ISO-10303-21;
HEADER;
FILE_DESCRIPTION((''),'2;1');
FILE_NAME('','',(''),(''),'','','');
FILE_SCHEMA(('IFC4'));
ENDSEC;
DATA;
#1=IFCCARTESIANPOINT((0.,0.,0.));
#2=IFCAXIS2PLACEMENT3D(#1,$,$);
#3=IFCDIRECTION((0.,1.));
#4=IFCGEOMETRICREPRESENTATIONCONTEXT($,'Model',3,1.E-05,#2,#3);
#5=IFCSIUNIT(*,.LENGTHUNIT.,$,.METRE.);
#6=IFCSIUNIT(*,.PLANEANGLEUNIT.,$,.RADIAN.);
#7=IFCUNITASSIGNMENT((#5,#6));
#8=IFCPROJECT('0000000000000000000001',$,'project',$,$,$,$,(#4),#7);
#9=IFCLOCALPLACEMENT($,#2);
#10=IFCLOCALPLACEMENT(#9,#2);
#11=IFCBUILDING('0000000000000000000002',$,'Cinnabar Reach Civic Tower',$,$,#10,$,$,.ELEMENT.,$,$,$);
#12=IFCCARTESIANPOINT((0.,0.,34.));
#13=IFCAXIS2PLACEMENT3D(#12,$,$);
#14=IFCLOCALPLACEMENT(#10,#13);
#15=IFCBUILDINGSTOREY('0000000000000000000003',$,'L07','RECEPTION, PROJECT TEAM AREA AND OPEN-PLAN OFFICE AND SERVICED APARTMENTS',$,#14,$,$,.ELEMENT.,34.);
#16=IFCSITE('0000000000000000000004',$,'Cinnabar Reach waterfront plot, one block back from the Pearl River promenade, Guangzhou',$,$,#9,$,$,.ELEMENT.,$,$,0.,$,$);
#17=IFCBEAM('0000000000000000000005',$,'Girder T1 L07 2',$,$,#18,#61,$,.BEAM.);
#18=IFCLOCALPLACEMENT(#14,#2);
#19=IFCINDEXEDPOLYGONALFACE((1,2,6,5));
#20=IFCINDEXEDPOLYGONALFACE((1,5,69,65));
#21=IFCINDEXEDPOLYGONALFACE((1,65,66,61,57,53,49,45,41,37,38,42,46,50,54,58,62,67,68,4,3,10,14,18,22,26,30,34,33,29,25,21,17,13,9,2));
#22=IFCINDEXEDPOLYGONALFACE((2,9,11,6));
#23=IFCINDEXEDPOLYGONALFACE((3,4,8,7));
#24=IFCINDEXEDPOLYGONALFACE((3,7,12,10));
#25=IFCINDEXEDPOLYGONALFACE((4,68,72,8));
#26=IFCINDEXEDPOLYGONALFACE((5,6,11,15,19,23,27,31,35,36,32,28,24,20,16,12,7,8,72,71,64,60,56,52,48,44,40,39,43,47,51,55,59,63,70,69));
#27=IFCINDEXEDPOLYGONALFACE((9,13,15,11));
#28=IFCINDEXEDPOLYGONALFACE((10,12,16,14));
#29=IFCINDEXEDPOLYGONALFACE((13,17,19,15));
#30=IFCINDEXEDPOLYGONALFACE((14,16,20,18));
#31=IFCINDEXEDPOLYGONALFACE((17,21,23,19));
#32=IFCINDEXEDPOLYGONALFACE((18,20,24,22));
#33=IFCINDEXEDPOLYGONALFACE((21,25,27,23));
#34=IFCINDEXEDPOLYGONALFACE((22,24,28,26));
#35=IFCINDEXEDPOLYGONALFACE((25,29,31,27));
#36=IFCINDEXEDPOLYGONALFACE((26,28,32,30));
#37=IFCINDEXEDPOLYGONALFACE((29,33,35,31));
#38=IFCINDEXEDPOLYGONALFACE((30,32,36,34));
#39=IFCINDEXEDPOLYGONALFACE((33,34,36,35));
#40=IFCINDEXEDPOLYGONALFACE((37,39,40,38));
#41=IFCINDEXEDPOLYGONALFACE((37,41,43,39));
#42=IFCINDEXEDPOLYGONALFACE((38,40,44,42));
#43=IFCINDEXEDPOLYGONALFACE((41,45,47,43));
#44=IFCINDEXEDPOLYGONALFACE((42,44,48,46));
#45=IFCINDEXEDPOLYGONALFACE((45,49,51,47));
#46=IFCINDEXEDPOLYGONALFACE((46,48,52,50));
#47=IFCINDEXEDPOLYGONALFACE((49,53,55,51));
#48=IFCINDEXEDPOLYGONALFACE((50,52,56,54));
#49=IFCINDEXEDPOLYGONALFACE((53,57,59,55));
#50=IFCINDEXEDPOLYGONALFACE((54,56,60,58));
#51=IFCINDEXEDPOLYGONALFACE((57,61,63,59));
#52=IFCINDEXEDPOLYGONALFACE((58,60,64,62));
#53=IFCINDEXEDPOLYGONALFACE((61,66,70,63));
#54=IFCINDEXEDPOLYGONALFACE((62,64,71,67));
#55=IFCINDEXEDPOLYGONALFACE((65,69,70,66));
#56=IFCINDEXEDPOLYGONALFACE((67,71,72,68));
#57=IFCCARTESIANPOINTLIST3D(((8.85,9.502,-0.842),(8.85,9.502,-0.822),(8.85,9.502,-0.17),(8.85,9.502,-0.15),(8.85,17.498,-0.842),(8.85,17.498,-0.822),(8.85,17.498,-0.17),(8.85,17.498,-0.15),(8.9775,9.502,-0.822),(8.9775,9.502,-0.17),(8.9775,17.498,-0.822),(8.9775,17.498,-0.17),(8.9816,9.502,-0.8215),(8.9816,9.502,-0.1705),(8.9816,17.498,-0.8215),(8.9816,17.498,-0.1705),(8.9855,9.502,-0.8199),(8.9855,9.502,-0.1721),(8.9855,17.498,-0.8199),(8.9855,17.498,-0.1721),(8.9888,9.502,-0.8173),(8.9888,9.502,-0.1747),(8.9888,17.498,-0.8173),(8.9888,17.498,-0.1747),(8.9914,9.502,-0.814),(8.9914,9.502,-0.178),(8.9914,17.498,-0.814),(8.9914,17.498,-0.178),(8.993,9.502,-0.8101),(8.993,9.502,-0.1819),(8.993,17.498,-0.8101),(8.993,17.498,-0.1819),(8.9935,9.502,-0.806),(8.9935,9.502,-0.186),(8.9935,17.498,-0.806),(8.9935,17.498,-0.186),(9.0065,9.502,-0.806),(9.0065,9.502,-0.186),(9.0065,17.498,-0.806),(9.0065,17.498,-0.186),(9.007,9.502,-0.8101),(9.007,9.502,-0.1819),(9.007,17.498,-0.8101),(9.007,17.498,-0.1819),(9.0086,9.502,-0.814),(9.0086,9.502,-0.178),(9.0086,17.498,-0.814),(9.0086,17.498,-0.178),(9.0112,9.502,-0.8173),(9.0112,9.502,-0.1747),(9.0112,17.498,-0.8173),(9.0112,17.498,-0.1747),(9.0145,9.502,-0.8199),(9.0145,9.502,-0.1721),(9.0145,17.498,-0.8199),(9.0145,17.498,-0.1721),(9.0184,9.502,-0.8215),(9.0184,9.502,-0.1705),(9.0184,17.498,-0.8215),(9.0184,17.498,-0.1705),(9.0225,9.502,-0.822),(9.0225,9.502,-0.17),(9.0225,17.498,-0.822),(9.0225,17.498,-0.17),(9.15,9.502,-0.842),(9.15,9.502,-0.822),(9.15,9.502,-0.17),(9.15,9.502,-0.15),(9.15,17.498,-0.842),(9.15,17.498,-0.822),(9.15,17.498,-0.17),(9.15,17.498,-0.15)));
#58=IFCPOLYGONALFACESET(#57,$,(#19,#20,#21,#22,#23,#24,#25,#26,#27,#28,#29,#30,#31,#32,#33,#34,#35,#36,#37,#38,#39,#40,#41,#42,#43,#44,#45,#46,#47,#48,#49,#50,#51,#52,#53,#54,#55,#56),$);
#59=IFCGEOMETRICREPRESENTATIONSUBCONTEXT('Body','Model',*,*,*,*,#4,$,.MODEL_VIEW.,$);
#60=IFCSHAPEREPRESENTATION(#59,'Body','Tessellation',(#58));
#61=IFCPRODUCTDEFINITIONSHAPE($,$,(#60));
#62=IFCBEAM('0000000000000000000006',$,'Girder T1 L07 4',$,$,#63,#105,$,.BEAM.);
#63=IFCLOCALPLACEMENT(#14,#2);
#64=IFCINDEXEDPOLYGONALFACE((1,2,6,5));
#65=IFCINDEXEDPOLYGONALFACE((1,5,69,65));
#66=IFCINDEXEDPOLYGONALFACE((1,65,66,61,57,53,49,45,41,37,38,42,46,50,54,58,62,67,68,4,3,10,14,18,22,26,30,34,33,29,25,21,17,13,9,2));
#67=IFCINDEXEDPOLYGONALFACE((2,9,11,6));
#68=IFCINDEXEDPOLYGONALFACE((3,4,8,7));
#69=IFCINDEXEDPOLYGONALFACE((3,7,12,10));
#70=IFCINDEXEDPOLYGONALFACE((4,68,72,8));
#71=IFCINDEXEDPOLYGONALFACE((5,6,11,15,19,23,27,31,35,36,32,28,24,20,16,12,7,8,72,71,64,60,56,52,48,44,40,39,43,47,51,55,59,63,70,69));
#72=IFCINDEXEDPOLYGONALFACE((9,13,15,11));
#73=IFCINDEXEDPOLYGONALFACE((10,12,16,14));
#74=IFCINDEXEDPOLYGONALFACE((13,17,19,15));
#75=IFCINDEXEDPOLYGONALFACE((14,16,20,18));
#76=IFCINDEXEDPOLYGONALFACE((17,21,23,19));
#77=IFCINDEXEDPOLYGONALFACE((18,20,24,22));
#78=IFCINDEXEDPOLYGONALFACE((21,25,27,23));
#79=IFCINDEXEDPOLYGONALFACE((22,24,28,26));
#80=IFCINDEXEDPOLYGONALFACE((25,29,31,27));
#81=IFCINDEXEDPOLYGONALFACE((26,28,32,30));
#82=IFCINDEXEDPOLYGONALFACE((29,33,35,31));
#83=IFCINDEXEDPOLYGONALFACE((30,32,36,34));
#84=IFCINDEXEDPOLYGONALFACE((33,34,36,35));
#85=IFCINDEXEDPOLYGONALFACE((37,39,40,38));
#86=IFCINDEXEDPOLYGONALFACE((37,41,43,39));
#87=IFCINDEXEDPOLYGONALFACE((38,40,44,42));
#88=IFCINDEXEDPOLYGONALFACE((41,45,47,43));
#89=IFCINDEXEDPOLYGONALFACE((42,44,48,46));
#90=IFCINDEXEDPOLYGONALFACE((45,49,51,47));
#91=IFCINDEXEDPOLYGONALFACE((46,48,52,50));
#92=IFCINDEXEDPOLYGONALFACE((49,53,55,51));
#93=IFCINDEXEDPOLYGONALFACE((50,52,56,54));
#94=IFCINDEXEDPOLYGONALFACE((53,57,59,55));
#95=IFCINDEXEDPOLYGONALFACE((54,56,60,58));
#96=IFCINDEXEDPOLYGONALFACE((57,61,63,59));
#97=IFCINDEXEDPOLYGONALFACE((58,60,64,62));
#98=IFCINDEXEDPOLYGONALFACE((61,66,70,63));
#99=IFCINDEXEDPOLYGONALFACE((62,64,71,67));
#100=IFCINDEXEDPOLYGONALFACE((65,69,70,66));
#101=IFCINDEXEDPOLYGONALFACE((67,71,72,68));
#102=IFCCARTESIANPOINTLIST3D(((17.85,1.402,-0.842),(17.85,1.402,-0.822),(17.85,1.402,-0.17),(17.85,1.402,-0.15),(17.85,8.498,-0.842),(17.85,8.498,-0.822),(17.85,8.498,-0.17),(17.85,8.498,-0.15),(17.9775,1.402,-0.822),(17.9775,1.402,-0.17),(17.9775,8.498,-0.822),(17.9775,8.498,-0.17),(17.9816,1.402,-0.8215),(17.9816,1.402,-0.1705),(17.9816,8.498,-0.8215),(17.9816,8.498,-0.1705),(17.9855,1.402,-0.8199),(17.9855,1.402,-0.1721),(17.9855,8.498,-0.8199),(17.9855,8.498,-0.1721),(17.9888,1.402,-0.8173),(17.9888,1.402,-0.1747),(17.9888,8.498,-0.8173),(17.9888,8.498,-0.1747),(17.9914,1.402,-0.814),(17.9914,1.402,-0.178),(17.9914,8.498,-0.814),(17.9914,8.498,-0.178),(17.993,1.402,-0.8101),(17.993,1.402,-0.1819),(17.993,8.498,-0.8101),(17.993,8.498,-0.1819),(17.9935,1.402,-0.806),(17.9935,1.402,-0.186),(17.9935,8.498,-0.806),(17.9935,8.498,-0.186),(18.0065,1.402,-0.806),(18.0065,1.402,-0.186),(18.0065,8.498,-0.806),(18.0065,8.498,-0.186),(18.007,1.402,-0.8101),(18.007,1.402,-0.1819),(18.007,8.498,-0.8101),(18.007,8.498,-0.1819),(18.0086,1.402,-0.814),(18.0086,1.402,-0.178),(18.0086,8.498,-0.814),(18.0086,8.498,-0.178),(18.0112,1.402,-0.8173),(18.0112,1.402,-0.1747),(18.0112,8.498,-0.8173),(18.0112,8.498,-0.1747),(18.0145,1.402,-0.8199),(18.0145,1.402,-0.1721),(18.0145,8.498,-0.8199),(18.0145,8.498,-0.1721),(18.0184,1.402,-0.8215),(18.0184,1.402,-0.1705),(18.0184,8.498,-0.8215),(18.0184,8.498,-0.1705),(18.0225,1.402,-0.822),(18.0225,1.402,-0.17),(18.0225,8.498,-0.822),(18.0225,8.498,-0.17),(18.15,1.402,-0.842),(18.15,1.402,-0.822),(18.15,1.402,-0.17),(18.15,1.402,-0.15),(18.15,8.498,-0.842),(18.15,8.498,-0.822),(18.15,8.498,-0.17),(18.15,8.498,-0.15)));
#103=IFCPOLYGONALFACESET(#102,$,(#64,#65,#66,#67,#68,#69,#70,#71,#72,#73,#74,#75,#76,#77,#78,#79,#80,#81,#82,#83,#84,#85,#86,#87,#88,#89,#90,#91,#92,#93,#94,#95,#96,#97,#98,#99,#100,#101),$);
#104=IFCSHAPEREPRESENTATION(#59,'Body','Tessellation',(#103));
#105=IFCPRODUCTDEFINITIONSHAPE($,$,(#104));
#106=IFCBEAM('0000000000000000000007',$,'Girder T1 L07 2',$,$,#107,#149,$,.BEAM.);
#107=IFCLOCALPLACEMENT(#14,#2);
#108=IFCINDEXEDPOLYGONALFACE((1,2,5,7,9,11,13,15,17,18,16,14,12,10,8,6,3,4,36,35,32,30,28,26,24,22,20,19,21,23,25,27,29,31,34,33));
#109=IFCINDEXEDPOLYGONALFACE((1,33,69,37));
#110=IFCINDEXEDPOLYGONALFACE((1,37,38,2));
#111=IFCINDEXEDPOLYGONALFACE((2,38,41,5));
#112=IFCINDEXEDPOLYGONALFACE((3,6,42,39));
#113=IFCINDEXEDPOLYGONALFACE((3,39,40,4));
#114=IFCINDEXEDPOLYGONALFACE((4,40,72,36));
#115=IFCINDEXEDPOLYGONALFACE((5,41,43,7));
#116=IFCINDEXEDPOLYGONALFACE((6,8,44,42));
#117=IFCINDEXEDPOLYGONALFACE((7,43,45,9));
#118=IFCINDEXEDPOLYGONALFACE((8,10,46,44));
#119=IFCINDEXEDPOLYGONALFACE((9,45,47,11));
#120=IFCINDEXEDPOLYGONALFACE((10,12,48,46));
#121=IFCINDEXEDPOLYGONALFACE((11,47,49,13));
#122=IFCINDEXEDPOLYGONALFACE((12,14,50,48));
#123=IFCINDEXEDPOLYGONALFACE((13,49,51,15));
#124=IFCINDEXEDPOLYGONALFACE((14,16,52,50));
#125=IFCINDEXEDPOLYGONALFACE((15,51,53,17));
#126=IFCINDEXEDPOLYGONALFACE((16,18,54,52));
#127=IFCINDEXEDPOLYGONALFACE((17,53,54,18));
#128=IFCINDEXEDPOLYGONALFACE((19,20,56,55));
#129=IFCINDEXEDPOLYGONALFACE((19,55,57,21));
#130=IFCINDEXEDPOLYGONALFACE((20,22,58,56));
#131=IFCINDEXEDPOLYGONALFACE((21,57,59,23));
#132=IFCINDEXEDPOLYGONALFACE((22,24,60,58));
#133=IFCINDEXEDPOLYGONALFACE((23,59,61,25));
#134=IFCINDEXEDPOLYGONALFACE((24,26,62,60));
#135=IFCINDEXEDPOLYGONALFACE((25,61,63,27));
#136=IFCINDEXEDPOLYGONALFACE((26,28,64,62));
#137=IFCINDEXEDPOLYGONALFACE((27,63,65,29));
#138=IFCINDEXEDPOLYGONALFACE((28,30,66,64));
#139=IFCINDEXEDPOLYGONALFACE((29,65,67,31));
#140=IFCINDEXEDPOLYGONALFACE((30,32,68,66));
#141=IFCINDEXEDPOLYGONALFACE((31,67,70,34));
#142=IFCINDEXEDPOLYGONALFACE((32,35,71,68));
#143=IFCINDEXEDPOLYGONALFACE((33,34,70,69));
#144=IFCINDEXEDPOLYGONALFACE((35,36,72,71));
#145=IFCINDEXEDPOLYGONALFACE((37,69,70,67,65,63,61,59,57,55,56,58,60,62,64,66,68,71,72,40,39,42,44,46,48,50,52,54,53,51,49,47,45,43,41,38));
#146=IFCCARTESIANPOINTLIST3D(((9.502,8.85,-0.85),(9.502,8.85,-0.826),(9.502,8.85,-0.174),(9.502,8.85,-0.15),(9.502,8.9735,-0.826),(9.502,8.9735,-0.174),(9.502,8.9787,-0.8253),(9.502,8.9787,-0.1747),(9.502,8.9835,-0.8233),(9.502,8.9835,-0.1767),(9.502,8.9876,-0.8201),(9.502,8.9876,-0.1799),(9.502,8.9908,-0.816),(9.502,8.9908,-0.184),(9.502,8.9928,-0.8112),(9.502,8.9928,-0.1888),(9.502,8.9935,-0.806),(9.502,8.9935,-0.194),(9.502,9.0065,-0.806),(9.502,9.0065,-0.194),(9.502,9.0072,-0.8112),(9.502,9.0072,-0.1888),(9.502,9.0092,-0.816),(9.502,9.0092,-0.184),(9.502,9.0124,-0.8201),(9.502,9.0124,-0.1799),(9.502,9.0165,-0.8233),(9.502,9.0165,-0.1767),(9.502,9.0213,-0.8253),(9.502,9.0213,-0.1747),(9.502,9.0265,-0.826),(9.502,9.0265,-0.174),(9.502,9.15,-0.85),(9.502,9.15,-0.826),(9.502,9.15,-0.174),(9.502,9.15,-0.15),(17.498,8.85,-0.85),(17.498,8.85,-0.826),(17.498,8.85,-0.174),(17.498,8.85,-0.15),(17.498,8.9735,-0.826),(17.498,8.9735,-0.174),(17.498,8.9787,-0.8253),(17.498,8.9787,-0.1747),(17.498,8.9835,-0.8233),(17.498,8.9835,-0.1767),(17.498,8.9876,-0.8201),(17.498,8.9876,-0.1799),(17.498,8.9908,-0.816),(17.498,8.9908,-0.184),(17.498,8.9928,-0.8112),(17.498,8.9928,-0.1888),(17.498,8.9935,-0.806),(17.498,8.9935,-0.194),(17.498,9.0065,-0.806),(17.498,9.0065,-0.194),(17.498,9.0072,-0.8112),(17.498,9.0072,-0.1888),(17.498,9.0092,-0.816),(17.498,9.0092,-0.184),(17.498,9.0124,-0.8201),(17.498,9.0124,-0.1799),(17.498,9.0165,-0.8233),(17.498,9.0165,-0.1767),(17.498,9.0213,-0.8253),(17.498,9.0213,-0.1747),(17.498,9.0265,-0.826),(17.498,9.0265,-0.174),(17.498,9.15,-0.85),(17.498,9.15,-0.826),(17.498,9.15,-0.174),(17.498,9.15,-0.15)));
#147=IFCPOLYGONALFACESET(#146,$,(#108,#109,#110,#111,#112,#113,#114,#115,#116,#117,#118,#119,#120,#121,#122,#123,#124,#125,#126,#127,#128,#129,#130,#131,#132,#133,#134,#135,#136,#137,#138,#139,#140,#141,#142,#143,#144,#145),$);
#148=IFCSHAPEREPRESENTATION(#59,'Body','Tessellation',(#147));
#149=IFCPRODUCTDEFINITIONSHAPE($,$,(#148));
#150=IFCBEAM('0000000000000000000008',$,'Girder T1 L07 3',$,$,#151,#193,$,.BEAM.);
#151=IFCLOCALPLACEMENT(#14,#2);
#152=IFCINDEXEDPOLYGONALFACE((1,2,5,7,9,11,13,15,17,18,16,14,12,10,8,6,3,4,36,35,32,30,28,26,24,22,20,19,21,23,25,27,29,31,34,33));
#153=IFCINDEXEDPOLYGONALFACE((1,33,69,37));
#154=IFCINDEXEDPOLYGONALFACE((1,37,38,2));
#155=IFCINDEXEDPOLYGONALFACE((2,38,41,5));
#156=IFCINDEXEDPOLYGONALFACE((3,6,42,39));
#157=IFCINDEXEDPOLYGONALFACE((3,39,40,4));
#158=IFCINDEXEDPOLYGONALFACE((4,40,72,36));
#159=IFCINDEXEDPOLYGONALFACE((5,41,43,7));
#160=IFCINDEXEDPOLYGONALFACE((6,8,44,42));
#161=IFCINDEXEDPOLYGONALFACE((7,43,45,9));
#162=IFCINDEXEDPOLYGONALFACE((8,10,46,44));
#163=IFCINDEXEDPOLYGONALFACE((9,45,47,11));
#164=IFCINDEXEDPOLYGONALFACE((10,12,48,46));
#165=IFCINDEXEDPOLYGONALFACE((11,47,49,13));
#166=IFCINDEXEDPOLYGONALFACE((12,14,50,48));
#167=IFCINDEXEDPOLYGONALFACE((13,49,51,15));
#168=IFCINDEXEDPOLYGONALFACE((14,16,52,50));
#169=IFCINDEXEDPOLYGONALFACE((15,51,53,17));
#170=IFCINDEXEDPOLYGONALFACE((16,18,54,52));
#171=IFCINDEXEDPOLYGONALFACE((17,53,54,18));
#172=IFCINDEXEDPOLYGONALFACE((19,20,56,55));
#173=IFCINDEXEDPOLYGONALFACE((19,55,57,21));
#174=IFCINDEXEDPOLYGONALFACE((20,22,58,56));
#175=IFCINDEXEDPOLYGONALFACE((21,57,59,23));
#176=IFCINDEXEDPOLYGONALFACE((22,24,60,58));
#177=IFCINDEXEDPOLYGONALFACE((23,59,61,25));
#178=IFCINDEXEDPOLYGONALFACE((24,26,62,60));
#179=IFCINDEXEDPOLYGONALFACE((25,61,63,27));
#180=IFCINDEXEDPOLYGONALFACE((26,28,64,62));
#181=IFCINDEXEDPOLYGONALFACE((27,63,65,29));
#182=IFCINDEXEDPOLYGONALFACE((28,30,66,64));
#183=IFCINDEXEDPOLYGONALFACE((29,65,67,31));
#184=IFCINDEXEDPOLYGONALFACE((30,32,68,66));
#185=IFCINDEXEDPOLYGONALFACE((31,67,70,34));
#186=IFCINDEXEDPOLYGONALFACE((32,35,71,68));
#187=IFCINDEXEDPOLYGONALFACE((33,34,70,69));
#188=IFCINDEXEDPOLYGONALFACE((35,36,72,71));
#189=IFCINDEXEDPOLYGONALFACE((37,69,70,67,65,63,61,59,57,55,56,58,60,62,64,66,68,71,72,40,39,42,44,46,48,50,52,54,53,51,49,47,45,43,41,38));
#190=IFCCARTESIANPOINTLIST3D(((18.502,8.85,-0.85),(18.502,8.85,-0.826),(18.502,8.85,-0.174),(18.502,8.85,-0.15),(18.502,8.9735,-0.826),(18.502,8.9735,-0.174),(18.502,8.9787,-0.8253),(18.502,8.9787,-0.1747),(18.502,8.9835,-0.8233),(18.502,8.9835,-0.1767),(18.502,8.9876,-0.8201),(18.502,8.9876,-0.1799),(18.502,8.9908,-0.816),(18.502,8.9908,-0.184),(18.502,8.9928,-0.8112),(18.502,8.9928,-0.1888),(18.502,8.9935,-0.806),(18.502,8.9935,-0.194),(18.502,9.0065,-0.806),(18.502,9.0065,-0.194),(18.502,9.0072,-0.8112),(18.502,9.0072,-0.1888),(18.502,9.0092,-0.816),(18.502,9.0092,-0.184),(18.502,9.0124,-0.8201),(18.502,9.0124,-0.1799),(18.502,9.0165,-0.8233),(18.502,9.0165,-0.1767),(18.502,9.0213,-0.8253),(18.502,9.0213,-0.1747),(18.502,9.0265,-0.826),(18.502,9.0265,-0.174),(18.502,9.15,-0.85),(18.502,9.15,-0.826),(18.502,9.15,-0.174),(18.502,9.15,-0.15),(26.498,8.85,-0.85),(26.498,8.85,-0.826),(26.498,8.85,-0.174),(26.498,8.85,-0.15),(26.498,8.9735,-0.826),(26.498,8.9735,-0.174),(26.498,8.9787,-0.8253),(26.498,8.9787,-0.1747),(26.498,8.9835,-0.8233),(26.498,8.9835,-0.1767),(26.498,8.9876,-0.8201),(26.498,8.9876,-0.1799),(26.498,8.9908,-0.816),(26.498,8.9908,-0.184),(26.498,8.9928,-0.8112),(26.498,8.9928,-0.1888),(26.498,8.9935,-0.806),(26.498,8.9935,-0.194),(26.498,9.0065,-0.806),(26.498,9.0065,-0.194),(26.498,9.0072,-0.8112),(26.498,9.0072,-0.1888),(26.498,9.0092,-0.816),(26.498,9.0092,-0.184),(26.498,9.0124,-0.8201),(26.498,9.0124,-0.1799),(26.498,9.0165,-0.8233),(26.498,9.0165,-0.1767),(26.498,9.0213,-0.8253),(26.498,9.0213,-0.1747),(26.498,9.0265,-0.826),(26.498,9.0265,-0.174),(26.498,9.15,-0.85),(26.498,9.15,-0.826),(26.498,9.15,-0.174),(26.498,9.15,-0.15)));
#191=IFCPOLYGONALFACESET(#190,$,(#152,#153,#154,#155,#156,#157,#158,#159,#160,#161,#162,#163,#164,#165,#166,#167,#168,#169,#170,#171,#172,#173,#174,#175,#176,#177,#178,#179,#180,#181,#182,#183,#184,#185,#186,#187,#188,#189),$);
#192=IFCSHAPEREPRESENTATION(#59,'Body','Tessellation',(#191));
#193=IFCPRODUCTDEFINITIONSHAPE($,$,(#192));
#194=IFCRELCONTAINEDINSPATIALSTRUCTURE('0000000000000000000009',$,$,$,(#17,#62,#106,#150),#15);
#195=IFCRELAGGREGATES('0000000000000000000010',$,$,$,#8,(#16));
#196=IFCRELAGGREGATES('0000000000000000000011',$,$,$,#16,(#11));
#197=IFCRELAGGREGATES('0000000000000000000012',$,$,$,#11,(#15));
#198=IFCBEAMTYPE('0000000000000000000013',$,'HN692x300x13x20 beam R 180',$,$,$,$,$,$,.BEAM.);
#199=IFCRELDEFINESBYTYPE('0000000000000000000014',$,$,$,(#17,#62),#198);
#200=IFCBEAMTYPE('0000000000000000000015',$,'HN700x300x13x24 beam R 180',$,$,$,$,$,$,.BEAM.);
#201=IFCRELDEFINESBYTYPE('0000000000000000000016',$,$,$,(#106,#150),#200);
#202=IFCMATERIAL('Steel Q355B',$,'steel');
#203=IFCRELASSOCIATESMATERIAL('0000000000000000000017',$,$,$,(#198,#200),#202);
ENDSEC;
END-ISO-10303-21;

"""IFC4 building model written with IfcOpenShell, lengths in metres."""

from ifc_helpers import new_model, si_unit, direction, frame, origin, origin_2d, place, context, subcontext, project, spatial, i_section, extrude, material, material_profile, profile_set, type_object, element, save


model = new_model("IFC4")

# Units and contexts
model_context = context("Model", 3, precision=1e-05, world=origin(), true_north=direction((0.0, 1.0)))
body_context = subcontext(model_context, "Body", "Model", "MODEL_VIEW")
ifc_project = project(units=[si_unit("LENGTHUNIT", "METRE"), si_unit("PLANEANGLEUNIT", "RADIAN")], contexts=[model_context])

# Site, building, storey
site_placement = place(None, origin())
site = spatial("IfcSite", under=ifc_project, at=site_placement, Name="Cinnabar Reach waterfront plot, one block back from the Pearl River promenade, Guangzhou", CompositionType="ELEMENT", RefElevation=0.0)
building_placement = place(site_placement, origin())
building = spatial("IfcBuilding", under=site, at=building_placement, Name="Cinnabar Reach Civic Tower", CompositionType="ELEMENT")
storey_placement = place(building_placement, frame((0.0, 0.0, 34.0)))
storey = spatial("IfcBuildingStorey", under=building, at=storey_placement, Name="L07", Description="RECEPTION, PROJECT TEAM AREA AND OPEN-PLAN OFFICE AND SERVICED APARTMENTS", CompositionType="ELEMENT", Elevation=34.0)

# Beams
ifc_material_1 = material(Name="Steel Q355B", Category="steel")
ifc_material_profile_1 = material_profile(ifc_material_1, i_section(OverallWidth=0.3, OverallDepth=0.692, WebThickness=0.013, FlangeThickness=0.02, FilletRadius=0.016, at=origin_2d()), Name="HN692x300x13x20")
ifc_profile_set_1 = profile_set([ifc_material_profile_1], Name="Steel Q355B")
beam_type_1 = type_object("IfcBeamType", Name="HN692x300x13x20 beam R 180", PredefinedType="BEAM", material=ifc_profile_set_1)
beam_1_placement = place(storey_placement, frame((9.0, 9.502, -0.496), z_axis=(0.0, 1.0, 0.0), x_axis=(-1.0, 0.0, 0.0)))
element("IfcBeam", 1, at=beam_1_placement, inside=storey, type_object=beam_type_1, Name="Girder T1 L07 2", PredefinedType="BEAM", context=body_context, shape_type="SweptSolid", body=[
    extrude(i_section(OverallWidth=0.3, OverallDepth=0.692, WebThickness=0.013, FlangeThickness=0.02, FilletRadius=0.016, at=origin_2d()), origin(), (0.0, 0.0, 1.0), 7.996),
])
beam_2_placement = place(storey_placement, frame((18.0, 1.402, -0.496), z_axis=(0.0, 1.0, 0.0), x_axis=(-1.0, 0.0, 0.0)))
element("IfcBeam", 2, at=beam_2_placement, inside=storey, type_object=beam_type_1, Name="Girder T1 L07 4", PredefinedType="BEAM", context=body_context, shape_type="SweptSolid", body=[
    extrude(i_section(OverallWidth=0.3, OverallDepth=0.692, WebThickness=0.013, FlangeThickness=0.02, FilletRadius=0.016, at=origin_2d()), origin(), (0.0, 0.0, 1.0), 7.096),
])
ifc_material_profile_2 = material_profile(ifc_material_1, i_section(OverallWidth=0.3, OverallDepth=0.7, WebThickness=0.013, FlangeThickness=0.024, FilletRadius=0.02, at=origin_2d()), Name="HN700x300x13x24")
ifc_profile_set_2 = profile_set([ifc_material_profile_2], Name="Steel Q355B")
beam_type_2 = type_object("IfcBeamType", Name="HN700x300x13x24 beam R 180", PredefinedType="BEAM", material=ifc_profile_set_2)
for number, where, z_axis, x_axis, name in (
    (3, (9.502, 9.0, -0.5), (1.0, 0.0, 0.0), (0.0, 1.0, 0.0), "Girder T1 L07 2"),
    (4, (18.502, 9.0, -0.5), (1.0, 0.0, 0.0), (0.0, 1.0, 0.0), "Girder T1 L07 3"),
):
    element("IfcBeam", number, at=place(storey_placement, frame(where, z_axis=z_axis, x_axis=x_axis)), inside=storey, type_object=beam_type_2, Name=name, PredefinedType="BEAM", context=body_context, shape_type="SweptSolid", body=[
        extrude(i_section(OverallWidth=0.3, OverallDepth=0.7, WebThickness=0.013, FlangeThickness=0.024, FilletRadius=0.02, at=origin_2d()), origin(), (0.0, 0.0, 1.0), 7.996),
    ])

save(model, "model.ifc")
